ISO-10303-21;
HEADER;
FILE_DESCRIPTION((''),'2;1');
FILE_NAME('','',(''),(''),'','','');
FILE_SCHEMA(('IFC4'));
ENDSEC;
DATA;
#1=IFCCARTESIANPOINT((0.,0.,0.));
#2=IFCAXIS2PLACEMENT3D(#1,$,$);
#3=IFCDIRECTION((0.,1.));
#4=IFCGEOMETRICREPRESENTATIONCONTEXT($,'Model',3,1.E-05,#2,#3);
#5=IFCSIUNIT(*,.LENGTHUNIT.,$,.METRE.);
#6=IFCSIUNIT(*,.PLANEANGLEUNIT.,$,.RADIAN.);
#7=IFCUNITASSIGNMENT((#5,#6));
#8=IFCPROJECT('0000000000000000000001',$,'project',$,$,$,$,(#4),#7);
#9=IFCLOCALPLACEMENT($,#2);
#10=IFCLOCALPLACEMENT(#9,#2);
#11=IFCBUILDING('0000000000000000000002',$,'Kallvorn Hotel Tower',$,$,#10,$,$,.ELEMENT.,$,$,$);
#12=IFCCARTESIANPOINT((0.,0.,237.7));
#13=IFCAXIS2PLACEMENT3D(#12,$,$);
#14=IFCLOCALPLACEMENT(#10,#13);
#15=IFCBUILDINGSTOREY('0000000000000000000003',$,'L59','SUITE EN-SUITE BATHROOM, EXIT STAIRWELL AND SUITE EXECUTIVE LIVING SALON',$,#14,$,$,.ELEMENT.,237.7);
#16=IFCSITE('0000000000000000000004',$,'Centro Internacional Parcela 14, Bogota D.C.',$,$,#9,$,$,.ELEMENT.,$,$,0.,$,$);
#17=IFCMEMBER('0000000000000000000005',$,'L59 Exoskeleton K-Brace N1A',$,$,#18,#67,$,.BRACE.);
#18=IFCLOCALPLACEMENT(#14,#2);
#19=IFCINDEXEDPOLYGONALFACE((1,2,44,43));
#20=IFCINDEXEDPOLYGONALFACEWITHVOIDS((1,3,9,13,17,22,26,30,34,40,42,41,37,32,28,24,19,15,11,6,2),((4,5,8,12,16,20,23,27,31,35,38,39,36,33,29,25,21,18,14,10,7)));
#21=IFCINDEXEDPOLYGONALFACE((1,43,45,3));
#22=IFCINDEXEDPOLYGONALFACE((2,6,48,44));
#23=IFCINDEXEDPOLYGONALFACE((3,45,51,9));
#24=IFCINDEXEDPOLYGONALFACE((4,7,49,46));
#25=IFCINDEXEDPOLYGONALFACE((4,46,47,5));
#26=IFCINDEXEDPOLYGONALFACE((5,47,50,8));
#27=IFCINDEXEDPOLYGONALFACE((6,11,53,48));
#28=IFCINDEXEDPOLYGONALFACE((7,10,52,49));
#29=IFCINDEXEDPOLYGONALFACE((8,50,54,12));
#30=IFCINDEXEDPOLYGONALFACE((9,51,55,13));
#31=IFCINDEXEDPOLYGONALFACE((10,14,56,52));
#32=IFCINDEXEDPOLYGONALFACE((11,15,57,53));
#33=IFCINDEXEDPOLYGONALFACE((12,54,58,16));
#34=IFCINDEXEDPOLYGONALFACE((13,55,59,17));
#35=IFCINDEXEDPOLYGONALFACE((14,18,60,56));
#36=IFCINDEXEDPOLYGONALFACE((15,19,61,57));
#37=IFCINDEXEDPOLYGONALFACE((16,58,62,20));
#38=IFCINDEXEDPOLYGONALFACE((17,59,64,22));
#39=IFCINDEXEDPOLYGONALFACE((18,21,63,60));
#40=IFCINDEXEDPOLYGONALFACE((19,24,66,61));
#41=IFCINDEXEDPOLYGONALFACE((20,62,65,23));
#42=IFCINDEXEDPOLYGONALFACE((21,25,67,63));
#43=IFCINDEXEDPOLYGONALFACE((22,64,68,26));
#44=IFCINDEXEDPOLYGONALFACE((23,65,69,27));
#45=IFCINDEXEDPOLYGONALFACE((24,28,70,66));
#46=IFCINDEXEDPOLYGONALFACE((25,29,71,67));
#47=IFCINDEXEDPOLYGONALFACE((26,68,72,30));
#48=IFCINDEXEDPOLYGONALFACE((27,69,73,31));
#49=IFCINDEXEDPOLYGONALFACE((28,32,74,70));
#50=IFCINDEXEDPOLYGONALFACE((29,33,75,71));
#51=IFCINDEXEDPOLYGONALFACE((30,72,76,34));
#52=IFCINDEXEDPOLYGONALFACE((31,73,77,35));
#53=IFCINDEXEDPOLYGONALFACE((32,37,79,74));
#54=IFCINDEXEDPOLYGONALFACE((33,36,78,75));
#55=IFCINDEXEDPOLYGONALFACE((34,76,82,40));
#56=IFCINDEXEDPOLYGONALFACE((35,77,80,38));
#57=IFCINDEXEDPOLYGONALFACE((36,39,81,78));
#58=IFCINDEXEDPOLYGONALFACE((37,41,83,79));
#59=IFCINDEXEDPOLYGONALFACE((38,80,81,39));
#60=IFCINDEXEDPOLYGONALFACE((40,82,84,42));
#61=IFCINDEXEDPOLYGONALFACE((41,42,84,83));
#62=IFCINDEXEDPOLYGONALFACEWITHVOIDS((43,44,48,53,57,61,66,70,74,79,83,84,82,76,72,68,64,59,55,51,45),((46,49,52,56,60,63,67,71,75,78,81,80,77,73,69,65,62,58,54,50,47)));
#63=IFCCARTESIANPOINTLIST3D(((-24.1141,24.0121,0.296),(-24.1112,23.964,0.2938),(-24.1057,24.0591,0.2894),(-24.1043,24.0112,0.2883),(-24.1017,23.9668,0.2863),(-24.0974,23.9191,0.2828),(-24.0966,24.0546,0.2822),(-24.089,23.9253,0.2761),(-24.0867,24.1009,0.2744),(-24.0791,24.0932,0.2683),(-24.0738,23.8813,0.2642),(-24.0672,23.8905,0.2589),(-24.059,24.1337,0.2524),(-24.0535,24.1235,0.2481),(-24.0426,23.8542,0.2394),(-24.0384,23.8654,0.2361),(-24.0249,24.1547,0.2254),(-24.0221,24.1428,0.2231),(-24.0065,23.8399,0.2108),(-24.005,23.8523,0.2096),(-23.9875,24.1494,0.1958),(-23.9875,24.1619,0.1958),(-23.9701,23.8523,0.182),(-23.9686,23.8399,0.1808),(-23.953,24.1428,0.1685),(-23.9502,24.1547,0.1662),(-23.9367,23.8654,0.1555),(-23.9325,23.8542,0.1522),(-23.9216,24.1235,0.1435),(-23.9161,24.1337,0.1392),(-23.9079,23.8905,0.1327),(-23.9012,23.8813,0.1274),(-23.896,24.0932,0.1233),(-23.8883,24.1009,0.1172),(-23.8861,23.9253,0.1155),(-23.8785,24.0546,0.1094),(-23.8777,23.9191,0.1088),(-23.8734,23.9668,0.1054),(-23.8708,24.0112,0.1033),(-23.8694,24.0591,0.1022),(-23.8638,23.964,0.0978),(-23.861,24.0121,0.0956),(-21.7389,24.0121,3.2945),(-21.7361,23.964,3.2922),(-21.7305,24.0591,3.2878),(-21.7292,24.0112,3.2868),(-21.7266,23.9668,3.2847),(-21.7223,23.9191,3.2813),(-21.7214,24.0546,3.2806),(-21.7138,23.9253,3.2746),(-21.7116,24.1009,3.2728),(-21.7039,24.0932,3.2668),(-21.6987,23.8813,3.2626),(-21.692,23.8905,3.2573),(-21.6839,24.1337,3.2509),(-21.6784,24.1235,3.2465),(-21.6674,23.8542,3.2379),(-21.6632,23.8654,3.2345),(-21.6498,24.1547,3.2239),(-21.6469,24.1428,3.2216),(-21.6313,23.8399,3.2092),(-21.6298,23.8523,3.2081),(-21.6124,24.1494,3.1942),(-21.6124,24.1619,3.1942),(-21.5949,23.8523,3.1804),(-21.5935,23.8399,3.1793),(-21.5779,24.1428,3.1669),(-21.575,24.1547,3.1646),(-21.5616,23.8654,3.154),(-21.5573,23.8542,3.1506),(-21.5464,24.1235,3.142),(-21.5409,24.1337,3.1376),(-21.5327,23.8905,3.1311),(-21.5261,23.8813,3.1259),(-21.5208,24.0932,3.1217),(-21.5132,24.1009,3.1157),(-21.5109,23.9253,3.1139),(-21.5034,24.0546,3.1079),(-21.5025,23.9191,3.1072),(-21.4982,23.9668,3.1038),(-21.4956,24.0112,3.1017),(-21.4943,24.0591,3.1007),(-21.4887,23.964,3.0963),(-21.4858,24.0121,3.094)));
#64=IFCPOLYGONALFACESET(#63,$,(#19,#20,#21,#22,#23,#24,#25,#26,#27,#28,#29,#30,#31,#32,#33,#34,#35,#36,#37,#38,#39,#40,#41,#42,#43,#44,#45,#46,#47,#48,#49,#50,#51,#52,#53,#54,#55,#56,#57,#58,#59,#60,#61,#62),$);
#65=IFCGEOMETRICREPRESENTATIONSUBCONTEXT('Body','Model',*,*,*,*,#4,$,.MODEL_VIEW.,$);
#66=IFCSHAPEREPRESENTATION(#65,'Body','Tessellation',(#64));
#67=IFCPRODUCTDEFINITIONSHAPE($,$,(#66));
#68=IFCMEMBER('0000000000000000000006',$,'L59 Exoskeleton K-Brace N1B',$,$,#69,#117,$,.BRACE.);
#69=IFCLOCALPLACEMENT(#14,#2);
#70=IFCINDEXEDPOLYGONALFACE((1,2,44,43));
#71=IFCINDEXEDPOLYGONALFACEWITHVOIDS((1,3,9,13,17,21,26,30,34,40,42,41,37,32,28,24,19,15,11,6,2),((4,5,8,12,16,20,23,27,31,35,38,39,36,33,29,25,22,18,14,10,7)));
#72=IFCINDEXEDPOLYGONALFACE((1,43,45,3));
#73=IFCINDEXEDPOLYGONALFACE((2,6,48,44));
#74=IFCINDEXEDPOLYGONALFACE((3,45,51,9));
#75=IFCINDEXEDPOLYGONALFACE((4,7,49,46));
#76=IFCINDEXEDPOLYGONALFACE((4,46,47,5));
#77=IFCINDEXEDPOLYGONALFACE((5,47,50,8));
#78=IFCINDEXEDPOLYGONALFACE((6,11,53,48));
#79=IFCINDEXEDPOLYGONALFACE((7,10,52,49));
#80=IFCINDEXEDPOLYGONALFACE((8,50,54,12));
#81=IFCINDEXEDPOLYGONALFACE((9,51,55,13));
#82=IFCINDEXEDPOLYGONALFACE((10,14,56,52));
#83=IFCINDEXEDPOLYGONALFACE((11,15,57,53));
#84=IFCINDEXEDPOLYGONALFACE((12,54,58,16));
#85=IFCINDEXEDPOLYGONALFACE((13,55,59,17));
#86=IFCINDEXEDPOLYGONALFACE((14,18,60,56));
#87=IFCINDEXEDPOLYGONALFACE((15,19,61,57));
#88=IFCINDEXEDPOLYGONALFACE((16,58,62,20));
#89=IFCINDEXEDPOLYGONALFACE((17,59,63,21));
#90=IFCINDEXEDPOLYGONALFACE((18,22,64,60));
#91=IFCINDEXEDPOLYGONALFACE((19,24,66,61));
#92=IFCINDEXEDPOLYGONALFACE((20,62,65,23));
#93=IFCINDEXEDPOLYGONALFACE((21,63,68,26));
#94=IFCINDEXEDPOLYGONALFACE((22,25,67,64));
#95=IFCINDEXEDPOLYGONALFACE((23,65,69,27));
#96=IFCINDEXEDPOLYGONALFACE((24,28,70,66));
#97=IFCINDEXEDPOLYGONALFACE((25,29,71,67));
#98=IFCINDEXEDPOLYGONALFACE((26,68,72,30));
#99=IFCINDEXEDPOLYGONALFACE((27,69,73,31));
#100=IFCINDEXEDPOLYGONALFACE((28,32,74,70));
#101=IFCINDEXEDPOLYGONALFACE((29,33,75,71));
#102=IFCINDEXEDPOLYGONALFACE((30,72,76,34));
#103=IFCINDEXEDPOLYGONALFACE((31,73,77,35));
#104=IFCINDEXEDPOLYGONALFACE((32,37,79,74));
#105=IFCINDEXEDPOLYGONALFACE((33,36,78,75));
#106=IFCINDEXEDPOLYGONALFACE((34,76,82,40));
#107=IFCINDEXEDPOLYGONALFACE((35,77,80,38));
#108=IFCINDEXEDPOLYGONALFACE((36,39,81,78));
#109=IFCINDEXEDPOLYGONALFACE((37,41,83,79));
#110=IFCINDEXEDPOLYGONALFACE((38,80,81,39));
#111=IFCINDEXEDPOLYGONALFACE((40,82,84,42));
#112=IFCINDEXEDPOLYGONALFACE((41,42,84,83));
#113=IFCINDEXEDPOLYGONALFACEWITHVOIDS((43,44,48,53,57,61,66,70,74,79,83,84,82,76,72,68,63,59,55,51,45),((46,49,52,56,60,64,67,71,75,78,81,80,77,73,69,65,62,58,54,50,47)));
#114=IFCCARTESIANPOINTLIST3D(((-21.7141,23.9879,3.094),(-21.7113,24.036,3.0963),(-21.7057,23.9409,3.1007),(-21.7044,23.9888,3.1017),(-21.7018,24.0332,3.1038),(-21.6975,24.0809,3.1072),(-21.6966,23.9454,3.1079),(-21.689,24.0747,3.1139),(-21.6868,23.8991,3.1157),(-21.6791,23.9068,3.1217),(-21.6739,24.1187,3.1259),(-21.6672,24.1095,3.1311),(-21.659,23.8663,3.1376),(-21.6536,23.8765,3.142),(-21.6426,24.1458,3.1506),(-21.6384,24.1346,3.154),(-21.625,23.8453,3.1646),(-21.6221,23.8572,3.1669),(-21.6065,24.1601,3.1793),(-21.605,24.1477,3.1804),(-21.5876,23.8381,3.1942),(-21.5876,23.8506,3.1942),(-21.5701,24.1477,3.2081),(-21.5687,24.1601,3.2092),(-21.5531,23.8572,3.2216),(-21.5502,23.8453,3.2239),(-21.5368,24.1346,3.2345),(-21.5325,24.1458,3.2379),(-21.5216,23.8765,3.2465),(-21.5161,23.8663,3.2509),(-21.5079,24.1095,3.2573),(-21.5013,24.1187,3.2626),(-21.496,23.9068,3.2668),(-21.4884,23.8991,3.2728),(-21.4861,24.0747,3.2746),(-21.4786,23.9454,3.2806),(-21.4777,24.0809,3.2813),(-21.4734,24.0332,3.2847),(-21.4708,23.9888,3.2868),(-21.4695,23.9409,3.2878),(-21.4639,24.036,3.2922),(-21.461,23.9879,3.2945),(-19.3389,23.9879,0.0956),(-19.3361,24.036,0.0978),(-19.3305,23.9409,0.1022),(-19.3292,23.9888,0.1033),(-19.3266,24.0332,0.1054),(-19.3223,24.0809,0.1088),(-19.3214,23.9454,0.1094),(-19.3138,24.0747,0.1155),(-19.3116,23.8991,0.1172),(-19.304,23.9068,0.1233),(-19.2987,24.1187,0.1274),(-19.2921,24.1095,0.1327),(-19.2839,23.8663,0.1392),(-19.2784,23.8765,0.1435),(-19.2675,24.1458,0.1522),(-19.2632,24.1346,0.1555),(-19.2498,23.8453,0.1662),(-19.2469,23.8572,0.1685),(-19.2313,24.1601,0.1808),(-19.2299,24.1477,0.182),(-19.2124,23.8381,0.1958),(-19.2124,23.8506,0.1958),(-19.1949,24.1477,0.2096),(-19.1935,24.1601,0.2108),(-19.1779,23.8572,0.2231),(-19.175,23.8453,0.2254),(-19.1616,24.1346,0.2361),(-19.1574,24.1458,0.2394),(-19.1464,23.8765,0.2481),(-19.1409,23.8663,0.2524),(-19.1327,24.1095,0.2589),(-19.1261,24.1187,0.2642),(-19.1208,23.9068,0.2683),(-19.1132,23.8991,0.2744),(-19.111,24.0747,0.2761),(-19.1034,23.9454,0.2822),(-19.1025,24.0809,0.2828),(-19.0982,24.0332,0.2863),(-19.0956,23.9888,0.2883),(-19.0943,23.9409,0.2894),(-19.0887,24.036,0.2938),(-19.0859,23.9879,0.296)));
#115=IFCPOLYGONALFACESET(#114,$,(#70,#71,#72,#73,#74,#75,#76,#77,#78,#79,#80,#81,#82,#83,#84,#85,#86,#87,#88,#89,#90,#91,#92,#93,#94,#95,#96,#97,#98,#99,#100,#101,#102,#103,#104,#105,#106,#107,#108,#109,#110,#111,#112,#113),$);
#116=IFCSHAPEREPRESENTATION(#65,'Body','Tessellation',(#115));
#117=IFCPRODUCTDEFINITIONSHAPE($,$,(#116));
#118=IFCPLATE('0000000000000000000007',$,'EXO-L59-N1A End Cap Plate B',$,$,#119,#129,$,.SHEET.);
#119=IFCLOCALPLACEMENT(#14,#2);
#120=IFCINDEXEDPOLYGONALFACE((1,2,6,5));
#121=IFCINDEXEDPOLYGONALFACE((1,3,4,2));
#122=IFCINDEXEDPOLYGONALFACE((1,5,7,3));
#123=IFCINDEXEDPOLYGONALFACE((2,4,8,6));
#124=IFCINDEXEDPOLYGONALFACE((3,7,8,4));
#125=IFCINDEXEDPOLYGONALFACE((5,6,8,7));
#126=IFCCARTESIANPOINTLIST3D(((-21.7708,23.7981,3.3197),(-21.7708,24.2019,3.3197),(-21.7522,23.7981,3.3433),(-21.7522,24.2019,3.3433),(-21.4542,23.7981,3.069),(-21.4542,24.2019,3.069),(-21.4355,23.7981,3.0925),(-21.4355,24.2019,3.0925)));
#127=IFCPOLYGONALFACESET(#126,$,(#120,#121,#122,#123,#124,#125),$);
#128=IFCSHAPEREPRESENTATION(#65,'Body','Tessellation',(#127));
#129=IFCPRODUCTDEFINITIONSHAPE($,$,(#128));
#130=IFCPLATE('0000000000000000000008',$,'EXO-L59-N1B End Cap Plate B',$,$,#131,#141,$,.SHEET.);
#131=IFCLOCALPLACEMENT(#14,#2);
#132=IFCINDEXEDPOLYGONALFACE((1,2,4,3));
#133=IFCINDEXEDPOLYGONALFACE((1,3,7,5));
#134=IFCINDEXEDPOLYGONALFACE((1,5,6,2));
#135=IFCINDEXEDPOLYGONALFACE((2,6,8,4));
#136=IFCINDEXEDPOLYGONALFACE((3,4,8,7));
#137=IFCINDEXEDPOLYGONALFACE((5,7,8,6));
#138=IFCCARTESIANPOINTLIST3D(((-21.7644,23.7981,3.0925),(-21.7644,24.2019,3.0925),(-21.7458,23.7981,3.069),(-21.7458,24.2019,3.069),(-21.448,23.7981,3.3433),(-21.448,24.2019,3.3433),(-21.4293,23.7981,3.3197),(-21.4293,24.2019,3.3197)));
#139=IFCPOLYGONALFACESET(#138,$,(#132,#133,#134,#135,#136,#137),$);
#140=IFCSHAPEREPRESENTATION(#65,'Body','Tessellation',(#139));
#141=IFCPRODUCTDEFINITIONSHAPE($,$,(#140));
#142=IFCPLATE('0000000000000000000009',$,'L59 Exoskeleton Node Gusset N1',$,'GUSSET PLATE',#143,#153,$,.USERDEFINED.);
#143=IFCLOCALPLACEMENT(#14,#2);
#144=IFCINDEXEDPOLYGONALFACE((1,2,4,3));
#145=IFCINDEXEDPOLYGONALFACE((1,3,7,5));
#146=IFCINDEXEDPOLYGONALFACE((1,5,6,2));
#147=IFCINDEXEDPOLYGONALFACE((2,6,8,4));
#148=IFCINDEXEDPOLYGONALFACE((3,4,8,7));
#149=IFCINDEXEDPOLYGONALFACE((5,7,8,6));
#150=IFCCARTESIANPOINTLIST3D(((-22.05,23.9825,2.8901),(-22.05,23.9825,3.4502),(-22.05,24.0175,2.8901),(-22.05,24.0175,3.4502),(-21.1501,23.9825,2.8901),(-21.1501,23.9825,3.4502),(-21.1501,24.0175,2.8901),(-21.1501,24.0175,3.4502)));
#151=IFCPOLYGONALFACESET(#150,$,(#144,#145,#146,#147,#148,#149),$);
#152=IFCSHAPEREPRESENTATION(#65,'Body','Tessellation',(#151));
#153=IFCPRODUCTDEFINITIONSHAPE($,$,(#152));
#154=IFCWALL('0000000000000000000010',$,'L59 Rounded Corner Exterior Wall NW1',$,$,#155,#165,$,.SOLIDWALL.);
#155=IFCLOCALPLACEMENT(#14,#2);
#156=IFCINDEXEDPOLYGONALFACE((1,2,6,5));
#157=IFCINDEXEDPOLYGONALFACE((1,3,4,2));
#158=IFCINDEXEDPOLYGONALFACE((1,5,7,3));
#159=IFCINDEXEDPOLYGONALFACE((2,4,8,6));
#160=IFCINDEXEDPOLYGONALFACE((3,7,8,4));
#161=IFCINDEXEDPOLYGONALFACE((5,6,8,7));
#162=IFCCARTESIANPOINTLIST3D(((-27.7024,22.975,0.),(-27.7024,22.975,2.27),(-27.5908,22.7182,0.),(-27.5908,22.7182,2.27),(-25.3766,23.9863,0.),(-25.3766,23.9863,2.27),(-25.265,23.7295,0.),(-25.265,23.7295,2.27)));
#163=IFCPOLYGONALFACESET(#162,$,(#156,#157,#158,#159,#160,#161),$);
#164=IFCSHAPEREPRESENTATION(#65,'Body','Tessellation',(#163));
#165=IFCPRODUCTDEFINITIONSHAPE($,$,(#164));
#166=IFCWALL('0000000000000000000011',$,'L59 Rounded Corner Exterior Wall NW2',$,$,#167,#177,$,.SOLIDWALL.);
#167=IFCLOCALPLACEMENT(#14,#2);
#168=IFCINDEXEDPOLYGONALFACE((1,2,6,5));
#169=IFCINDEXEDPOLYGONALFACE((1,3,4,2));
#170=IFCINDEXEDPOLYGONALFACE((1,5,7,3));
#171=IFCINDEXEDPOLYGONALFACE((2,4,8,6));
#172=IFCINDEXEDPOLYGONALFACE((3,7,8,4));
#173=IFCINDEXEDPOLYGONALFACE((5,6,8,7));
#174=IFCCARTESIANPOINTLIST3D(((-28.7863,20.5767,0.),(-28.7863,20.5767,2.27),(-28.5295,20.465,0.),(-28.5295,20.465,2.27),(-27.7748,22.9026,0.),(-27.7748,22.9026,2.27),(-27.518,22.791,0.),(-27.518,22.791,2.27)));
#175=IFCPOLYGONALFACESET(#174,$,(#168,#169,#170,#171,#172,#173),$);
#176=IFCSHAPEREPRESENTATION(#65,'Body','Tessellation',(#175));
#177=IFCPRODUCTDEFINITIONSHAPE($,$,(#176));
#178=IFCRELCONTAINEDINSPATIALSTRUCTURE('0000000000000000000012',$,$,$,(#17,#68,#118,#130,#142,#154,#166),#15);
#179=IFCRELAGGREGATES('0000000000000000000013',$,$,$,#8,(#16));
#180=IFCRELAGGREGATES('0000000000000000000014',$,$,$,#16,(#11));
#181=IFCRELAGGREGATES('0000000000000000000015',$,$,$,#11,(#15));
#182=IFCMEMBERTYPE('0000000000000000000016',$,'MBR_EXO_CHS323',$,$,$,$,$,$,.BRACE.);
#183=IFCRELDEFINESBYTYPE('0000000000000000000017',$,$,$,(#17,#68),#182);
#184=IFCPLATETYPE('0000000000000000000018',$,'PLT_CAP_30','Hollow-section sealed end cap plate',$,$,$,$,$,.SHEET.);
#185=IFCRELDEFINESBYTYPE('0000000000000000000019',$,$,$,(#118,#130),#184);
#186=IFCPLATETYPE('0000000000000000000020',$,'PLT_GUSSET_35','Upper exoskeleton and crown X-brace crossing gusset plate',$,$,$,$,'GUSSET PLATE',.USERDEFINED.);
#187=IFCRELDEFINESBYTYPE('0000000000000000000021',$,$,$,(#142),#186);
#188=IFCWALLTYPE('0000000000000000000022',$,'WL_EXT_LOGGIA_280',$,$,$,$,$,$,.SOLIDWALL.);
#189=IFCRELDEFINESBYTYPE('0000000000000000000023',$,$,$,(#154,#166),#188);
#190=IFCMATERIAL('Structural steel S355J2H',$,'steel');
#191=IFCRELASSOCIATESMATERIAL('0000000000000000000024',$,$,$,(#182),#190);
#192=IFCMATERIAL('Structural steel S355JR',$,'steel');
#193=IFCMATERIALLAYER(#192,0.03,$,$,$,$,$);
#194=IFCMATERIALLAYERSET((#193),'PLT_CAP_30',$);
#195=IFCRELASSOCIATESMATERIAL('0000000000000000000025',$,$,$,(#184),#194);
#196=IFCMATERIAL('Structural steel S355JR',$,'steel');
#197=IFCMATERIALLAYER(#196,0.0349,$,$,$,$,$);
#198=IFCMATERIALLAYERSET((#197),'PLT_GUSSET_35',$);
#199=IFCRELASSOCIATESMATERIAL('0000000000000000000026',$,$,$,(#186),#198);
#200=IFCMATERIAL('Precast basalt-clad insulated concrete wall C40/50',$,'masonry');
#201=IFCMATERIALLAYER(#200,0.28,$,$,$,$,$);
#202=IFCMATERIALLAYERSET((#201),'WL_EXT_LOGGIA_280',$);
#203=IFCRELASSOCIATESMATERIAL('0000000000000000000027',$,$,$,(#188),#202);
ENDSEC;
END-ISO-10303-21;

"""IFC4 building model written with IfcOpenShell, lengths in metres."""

from ifc_helpers import new_model, si_unit, direction, frame, frame_2d, origin, origin_2d, place, context, subcontext, project, spatial, polyline, rectangle, hollow_circle, outline, extrude, material, layer, layer_set, material_profile, profile_set, type_object, element, save


model = new_model("IFC4")

# Units and contexts
model_context = context("Model", 3, precision=1e-05, world=origin(), true_north=direction((0.0, 1.0)))
body_context = subcontext(model_context, "Body", "Model", "MODEL_VIEW")
ifc_project = project(units=[si_unit("LENGTHUNIT", "METRE"), si_unit("PLANEANGLEUNIT", "RADIAN")], contexts=[model_context])

# Site, building, storey
site_placement = place(None, origin())
site = spatial("IfcSite", under=ifc_project, at=site_placement, Name="Centro Internacional Parcela 14, Bogota D.C.", CompositionType="ELEMENT", RefElevation=0.0)
building_placement = place(site_placement, origin())
building = spatial("IfcBuilding", under=site, at=building_placement, Name="Kallvorn Hotel Tower", CompositionType="ELEMENT")
storey_placement = place(building_placement, frame((0.0, 0.0, 237.7)))
storey = spatial("IfcBuildingStorey", under=building, at=storey_placement, Name="L59", Description="SUITE EN-SUITE BATHROOM, EXIT STAIRWELL AND SUITE EXECUTIVE LIVING SALON", CompositionType="ELEMENT", Elevation=237.7)

# Members
ifc_material_1 = material(Name="Structural steel S355J2H", Category="steel")
ifc_material_profile_1 = material_profile(ifc_material_1, hollow_circle(Radius=0.1619, WallThickness=0.0125, at=origin_2d()), Name="CHS 323.9x12.5")
ifc_profile_set_1 = profile_set([ifc_material_profile_1], Name="Structural steel S355J2H")
member_type_1 = type_object("IfcMemberType", Name="MBR_EXO_CHS323", PredefinedType="BRACE", material=ifc_profile_set_1)
for number, where, z_axis, x_axis, name in (
    (1, (-23.9875, 24.0, 0.1958), (0.620929, 0.0, 0.783867), (0.0, 1.0, 0.0), "L59 Exoskeleton K-Brace N1A"),
    (2, (-19.2124, 24.0, 0.1958), (-0.620929, 0.0, 0.783867), (0.0, -1.0, 0.0), "L59 Exoskeleton K-Brace N1B"),
):
    element("IfcMember", number, at=place(storey_placement, frame(where, z_axis=z_axis, x_axis=x_axis)), inside=storey, type_object=member_type_1, Name=name, PredefinedType="BRACE", context=body_context, shape_type="SweptSolid", body=[
        extrude(hollow_circle(Radius=0.1619, WallThickness=0.0125, at=origin_2d()), origin(), (0.0, 0.0, 1.0), 3.8252),
    ])

# Plates
ifc_material_2 = material(Name="Structural steel S355JR", Category="steel")
ifc_layer_1 = layer(ifc_material_2, 0.03)
ifc_layer_set_1 = layer_set([ifc_layer_1], Name="PLT_CAP_30")
plate_type_1 = type_object("IfcPlateType", Name="PLT_CAP_30", Description="Hollow-section sealed end cap plate", PredefinedType="SHEET", material=ifc_layer_set_1)
plate_1_placement = place(storey_placement, frame((-21.4355, 23.7981, 3.0925), z_axis=(0.62078, 0.0, 0.783985), x_axis=(0.0, 1.0, 0.0)))
element("IfcPlate", 3, at=plate_1_placement, inside=storey, type_object=plate_type_1, Name="EXO-L59-N1A End Cap Plate B", PredefinedType="SHEET", context=body_context, shape_type="SweptSolid", body=[
    extrude(outline(polyline([(0.0, 0.0), (0.4038, 0.0), (0.4038, 0.4039), (0.0, 0.4039), (0.0, 0.0)])), origin(), (0.0, 0.0, -1.0), 0.03),
])
plate_2_placement = place(storey_placement, frame((-21.7644, 24.2019, 3.0925), z_axis=(-0.621075, 0.0, 0.783751), x_axis=(0.0, -1.0, 0.0)))
element("IfcPlate", 4, at=plate_2_placement, inside=storey, type_object=plate_type_1, Name="EXO-L59-N1B End Cap Plate B", PredefinedType="SHEET", context=body_context, shape_type="SweptSolid", body=[
    extrude(outline(polyline([(0.0, 0.0), (0.4038, 0.0), (0.4038, 0.4037), (0.0, 0.4037), (0.0, 0.0)])), origin(), (0.0, 0.0, -1.0), 0.03),
])
ifc_material_3 = material(Name="Structural steel S355JR", Category="steel")
ifc_layer_2 = layer(ifc_material_3, 0.0349)
ifc_layer_set_2 = layer_set([ifc_layer_2], Name="PLT_GUSSET_35")
plate_type_2 = type_object("IfcPlateType", Name="PLT_GUSSET_35", Description="Upper exoskeleton and crown X-brace crossing gusset plate", ElementType="GUSSET PLATE", PredefinedType="USERDEFINED", material=ifc_layer_set_2)
plate_3_placement = place(storey_placement, frame((-21.6001, 24.0, 2.8901), z_axis=(0.0, 0.0, 1.0), x_axis=(1.0, 0.0, 0.0)))
element("IfcPlate", 5, at=plate_3_placement, inside=storey, type_object=plate_type_2, Name="L59 Exoskeleton Node Gusset N1", ObjectType="GUSSET PLATE", PredefinedType="USERDEFINED", context=body_context, shape_type="SweptSolid", body=[
    extrude(rectangle(XDim=0.8999, YDim=0.0349, at=origin_2d()), origin(), (0.0, 0.0, 1.0), 0.5601),
])

# Walls
ifc_material_4 = material(Name="Precast basalt-clad insulated concrete wall C40/50", Category="masonry")
ifc_layer_3 = layer(ifc_material_4, 0.28)
ifc_layer_set_3 = layer_set([ifc_layer_3], Name="WL_EXT_LOGGIA_280")
wall_type = type_object("IfcWallType", Name="WL_EXT_LOGGIA_280", PredefinedType="SOLIDWALL", material=ifc_layer_set_3)
wall_1_placement = place(storey_placement, frame((-25.3208, 23.8579, 0.0), z_axis=(0.0, 0.0, 1.0), x_axis=(-0.917061, -0.398747, 0.0)))
element("IfcWall", 6, at=wall_1_placement, inside=storey, type_object=wall_type, Name="L59 Rounded Corner Exterior Wall NW1", PredefinedType="SOLIDWALL", context=body_context, shape_type="SweptSolid", body=[
    extrude(rectangle(XDim=2.5361, YDim=0.28, at=frame_2d((1.2681, 0.0))), origin(), (0.0, 0.0, 1.0), 2.27),
])
wall_2_placement = place(storey_placement, frame((-27.6465, 22.8467, 0.0), z_axis=(0.0, 0.0, 1.0), x_axis=(-0.398793, -0.917041, 0.0)))
element("IfcWall", 7, at=wall_2_placement, inside=storey, type_object=wall_type, Name="L59 Rounded Corner Exterior Wall NW2", PredefinedType="SOLIDWALL", context=body_context, shape_type="SweptSolid", body=[
    extrude(rectangle(XDim=2.5364, YDim=0.28, at=frame_2d((1.2681, 0.0))), origin(), (0.0, 0.0, 1.0), 2.27),
])

save(model, "model.ifc")
